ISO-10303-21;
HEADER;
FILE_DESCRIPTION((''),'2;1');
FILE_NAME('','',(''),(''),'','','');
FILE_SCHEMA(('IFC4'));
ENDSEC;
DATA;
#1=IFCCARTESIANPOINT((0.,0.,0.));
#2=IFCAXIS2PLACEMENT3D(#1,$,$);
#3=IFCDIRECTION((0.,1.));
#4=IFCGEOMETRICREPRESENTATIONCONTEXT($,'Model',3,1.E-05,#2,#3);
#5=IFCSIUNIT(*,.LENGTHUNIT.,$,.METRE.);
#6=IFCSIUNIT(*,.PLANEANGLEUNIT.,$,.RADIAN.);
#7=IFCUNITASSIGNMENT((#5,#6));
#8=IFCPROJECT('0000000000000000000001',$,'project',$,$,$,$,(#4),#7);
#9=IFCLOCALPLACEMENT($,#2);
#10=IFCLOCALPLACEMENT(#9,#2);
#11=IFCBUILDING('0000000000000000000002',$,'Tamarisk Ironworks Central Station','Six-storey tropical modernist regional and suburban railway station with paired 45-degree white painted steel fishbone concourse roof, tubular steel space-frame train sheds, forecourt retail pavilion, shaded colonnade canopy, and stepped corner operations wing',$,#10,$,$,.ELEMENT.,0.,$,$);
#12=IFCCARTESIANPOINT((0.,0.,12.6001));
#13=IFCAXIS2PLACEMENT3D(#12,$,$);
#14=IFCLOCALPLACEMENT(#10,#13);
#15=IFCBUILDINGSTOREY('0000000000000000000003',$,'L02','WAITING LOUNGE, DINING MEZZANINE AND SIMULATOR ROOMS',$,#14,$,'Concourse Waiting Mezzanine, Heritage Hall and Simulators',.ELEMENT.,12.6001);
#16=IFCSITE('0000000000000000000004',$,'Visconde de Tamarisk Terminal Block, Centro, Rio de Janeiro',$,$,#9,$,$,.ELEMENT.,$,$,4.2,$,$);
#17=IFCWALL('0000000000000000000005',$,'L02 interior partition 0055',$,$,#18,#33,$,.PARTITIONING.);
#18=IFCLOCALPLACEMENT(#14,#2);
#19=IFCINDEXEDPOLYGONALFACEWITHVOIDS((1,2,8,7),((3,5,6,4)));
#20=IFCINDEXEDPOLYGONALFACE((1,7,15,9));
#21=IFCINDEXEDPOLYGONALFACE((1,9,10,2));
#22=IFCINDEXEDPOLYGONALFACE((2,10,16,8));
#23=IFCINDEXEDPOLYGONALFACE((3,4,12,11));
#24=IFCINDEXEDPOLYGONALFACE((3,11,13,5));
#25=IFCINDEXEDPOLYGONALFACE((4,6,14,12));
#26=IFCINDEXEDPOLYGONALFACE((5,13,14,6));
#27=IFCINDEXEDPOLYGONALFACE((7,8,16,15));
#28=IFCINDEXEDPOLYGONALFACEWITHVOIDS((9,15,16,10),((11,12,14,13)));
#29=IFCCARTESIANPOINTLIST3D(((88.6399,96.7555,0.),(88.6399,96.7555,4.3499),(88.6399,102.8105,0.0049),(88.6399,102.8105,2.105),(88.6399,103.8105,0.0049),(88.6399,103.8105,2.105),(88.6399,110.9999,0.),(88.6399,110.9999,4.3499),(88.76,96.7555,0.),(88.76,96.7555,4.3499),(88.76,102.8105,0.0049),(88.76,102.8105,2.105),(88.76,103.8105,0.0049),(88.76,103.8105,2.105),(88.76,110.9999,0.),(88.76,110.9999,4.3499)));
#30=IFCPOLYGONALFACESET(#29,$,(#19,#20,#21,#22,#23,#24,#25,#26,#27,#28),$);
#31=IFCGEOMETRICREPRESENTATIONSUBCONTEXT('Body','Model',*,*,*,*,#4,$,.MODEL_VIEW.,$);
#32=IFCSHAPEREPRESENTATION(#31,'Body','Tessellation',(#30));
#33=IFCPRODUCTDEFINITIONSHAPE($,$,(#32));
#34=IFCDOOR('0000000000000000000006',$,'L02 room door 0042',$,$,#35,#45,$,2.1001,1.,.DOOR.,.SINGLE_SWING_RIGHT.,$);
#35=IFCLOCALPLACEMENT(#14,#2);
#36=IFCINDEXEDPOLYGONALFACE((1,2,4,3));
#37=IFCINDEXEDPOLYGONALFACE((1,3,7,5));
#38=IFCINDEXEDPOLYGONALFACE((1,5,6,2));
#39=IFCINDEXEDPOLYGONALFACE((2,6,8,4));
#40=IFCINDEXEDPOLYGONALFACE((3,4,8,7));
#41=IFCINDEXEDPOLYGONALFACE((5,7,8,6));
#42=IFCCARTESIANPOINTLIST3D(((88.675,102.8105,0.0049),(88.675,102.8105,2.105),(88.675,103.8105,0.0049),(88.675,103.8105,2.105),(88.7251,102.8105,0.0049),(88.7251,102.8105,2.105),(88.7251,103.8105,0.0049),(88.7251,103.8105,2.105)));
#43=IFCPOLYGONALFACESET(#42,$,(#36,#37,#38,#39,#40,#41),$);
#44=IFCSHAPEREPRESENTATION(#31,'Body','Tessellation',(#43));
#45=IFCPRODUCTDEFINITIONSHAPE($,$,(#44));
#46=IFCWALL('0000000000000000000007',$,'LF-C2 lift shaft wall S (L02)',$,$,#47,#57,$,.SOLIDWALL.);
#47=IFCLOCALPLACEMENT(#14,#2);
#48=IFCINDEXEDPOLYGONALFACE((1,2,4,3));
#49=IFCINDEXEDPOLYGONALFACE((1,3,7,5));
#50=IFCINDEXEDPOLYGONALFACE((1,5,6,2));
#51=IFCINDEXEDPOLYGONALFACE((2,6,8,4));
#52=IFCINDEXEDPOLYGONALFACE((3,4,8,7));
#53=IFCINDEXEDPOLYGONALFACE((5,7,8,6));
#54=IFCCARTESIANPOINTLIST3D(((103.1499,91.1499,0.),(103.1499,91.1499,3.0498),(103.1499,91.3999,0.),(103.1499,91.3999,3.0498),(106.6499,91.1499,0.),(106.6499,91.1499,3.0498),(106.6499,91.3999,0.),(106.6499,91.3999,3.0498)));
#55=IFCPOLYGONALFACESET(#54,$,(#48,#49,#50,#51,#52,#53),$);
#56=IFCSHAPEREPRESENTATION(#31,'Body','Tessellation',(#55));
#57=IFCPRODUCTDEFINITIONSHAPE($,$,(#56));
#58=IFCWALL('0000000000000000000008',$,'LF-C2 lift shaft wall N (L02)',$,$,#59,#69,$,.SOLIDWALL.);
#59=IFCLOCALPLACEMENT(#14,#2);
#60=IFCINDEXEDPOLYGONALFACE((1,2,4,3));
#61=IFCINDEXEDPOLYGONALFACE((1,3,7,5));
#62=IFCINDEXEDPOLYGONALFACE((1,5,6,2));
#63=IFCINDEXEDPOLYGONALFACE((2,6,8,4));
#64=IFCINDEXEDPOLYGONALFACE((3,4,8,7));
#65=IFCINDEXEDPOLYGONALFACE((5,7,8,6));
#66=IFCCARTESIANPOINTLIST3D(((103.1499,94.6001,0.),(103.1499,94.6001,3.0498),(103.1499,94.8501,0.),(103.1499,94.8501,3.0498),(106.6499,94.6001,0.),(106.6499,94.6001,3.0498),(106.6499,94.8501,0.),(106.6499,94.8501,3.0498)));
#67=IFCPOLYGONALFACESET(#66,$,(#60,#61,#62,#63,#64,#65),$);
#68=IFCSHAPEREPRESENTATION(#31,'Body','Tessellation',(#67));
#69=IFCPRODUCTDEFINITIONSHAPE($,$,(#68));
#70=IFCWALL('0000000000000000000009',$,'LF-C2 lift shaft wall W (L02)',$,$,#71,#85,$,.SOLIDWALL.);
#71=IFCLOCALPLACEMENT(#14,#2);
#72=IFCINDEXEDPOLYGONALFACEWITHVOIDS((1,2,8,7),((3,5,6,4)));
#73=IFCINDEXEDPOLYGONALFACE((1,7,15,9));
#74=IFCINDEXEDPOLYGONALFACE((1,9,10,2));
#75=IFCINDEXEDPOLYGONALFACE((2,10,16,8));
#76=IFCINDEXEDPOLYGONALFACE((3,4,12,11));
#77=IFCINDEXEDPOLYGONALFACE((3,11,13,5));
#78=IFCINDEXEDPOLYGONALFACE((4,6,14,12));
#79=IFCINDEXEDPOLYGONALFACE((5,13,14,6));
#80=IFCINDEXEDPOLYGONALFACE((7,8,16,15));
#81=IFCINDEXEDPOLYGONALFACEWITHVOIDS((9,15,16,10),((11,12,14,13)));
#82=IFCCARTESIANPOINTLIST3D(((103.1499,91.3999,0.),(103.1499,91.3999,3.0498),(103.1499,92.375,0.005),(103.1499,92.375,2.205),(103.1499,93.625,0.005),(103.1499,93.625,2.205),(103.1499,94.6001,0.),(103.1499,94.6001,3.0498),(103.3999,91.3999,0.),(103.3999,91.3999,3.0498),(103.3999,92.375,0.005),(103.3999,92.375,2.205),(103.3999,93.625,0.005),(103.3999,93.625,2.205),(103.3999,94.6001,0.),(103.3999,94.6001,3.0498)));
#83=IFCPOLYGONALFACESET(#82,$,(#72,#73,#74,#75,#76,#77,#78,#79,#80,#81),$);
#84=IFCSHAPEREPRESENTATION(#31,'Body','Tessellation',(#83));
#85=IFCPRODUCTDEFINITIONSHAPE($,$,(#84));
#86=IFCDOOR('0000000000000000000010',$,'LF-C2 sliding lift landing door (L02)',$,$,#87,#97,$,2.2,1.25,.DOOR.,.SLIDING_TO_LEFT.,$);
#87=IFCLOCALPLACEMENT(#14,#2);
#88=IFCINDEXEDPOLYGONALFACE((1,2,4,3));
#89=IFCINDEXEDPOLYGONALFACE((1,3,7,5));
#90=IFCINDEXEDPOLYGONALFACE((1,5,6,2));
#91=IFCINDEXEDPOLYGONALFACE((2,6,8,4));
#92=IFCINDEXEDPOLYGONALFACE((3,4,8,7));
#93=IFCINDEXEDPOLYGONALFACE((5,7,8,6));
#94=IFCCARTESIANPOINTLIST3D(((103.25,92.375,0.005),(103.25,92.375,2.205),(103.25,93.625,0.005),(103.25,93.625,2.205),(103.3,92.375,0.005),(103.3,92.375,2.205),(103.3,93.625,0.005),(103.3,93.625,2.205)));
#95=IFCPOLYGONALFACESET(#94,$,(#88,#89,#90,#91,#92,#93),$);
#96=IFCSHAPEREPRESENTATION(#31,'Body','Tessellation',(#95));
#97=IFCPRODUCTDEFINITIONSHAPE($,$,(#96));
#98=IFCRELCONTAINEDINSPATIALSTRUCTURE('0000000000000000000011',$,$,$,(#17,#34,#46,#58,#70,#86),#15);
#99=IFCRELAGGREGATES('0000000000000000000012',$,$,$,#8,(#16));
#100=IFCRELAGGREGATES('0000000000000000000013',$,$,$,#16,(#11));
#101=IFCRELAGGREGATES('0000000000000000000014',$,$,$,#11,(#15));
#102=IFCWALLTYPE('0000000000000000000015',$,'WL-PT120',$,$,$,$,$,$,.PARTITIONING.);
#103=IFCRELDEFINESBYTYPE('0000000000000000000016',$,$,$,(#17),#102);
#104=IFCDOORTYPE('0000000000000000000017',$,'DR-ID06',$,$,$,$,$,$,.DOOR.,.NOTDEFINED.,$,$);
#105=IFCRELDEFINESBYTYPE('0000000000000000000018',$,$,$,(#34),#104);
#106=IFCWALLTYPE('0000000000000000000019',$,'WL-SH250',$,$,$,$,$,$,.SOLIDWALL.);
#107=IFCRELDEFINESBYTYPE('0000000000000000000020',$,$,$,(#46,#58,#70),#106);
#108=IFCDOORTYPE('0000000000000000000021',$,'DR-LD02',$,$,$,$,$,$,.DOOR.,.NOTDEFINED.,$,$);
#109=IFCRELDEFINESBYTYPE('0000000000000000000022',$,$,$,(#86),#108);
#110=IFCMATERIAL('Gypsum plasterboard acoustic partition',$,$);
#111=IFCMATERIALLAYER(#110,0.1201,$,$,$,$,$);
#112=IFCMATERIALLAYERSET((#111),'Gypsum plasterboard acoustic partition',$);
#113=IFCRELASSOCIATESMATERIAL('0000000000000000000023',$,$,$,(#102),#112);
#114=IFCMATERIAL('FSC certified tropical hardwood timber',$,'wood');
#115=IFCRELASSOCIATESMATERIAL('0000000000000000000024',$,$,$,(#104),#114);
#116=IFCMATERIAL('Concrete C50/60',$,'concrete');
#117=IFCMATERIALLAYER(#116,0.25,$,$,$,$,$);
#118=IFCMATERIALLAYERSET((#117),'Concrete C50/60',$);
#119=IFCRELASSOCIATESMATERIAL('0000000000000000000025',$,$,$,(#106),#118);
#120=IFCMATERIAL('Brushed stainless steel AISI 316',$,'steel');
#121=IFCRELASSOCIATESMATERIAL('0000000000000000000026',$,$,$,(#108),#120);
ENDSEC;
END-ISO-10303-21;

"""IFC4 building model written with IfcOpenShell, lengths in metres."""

from ifc_helpers import new_model, si_unit, direction, frame, frame_2d, origin, place, context, subcontext, project, spatial, rectangle, extrude, material, layer, layer_set, type_object, element, fill, save


model = new_model("IFC4")

# Units and contexts
model_context = context("Model", 3, precision=1e-05, world=origin(), true_north=direction((0.0, 1.0)))
body_context = subcontext(model_context, "Body", "Model", "MODEL_VIEW")
ifc_project = project(units=[si_unit("LENGTHUNIT", "METRE"), si_unit("PLANEANGLEUNIT", "RADIAN")], contexts=[model_context])

# Site, building, storey
site_placement = place(None, origin())
site = spatial("IfcSite", under=ifc_project, at=site_placement, Name="Visconde de Tamarisk Terminal Block, Centro, Rio de Janeiro", CompositionType="ELEMENT", RefElevation=4.2)
building_placement = place(site_placement, origin())
building = spatial("IfcBuilding", under=site, at=building_placement, Name="Tamarisk Ironworks Central Station", Description="Six-storey tropical modernist regional and suburban railway station with paired 45-degree white painted steel fishbone concourse roof, tubular steel space-frame train sheds, forecourt retail pavilion, shaded colonnade canopy, and stepped corner operations wing", CompositionType="ELEMENT", ElevationOfRefHeight=0.0)
storey_placement = place(building_placement, frame((0.0, 0.0, 12.6001)))
storey = spatial("IfcBuildingStorey", under=building, at=storey_placement, Name="L02", Description="WAITING LOUNGE, DINING MEZZANINE AND SIMULATOR ROOMS", LongName="Concourse Waiting Mezzanine, Heritage Hall and Simulators", CompositionType="ELEMENT", Elevation=12.6001)

# Shared definitions
ifc_material_1 = material(Name="Concrete C50/60", Category="concrete")

# Wall, opening, door
ifc_material_2 = material(Name="Gypsum plasterboard acoustic partition")
ifc_layer_1 = layer(ifc_material_2, 0.1201)
ifc_layer_set_1 = layer_set([ifc_layer_1], Name="Gypsum plasterboard acoustic partition")
wall_type_1 = type_object("IfcWallType", Name="WL-PT120", PredefinedType="PARTITIONING", material=ifc_layer_set_1)
wall_1_placement = place(storey_placement, frame((88.7, 96.7556, 0.0), z_axis=(0.0, 0.0, 1.0), x_axis=(0.0, 1.0, 0.0)))
wall_1 = element("IfcWall", 1, at=wall_1_placement, inside=storey, type_object=wall_type_1, Name="L02 interior partition 0055", PredefinedType="PARTITIONING", context=body_context, shape_type="SweptSolid", body=[
    extrude(rectangle(XDim=14.2444, YDim=0.1201, at=frame_2d((7.1221, 0.0))), origin(), (0.0, 0.0, 1.0), 4.3499),
])
opening_1_placement = place(wall_1_placement, frame((6.0549, 0.0, 0.0049)))
opening_1 = element("IfcOpeningElement", 2, at=opening_1_placement, cuts=wall_1, PredefinedType="OPENING", context=body_context, shape_type="SweptSolid", body=[
    extrude(rectangle(XDim=1.0, YDim=2.1001, at=frame_2d((0.5, 1.05))), frame((0.0, 0.072, 0.0), z_axis=(0.0, -1.0, 0.0), x_axis=(1.0, 0.0, 0.0)), (0.0, 0.0, 1.0), 0.144),
])
ifc_material_3 = material(Name="FSC certified tropical hardwood timber", Category="wood")
door_type_1 = type_object("IfcDoorType", Name="DR-ID06", OperationType="NOTDEFINED", PredefinedType="DOOR", material=ifc_material_3)
door_1_placement = place(opening_1_placement, origin())
door_1 = element("IfcDoor", 3, at=door_1_placement, inside=storey, type_object=door_type_1, Name="L02 room door 0042", OperationType="SINGLE_SWING_RIGHT", OverallHeight=2.1001, OverallWidth=1.0, PredefinedType="DOOR", context=body_context, shape_type="SweptSolid", body=[
    extrude(rectangle(XDim=1.0, YDim=2.1001, at=frame_2d((0.5, 1.05))), frame((0.0, 0.0249, 0.0), z_axis=(0.0, -1.0, 0.0), x_axis=(1.0, 0.0, 0.0)), (0.0, 0.0, 1.0), 0.05),
])
fill(opening_1, door_1)

# Walls
ifc_layer_2 = layer(ifc_material_1, 0.25)
ifc_layer_set_2 = layer_set([ifc_layer_2], Name="Concrete C50/60")
wall_type_2 = type_object("IfcWallType", Name="WL-SH250", PredefinedType="SOLIDWALL", material=ifc_layer_set_2)
for number, where, z_axis, x_axis, name in (
    (4, (103.1499, 91.2749, 0.0), (0.0, 0.0, 1.0), (1.0, 0.0, 0.0), "LF-C2 lift shaft wall S (L02)"),
    (5, (103.1499, 94.7251, 0.0), (0.0, 0.0, 1.0), (1.0, 0.0, 0.0), "LF-C2 lift shaft wall N (L02)"),
):
    element("IfcWall", number, at=place(storey_placement, frame(where, z_axis=z_axis, x_axis=x_axis)), inside=storey, type_object=wall_type_2, Name=name, PredefinedType="SOLIDWALL", context=body_context, shape_type="SweptSolid", body=[
        extrude(rectangle(XDim=3.5, YDim=0.25, at=frame_2d((1.75, 0.0))), origin(), (0.0, 0.0, 1.0), 3.0498),
    ])

# Wall, opening, door
wall_2_placement = place(storey_placement, frame((103.2749, 91.3999, 0.0), z_axis=(0.0, 0.0, 1.0), x_axis=(0.0, 1.0, 0.0)))
wall_2 = element("IfcWall", 6, at=wall_2_placement, inside=storey, type_object=wall_type_2, Name="LF-C2 lift shaft wall W (L02)", PredefinedType="SOLIDWALL", context=body_context, shape_type="SweptSolid", body=[
    extrude(rectangle(XDim=3.2002, YDim=0.25, at=frame_2d((1.6001, 0.0))), origin(), (0.0, 0.0, 1.0), 3.0498),
])
opening_2_placement = place(wall_2_placement, frame((0.9751, 0.0, 0.0049)))
opening_2 = element("IfcOpeningElement", 7, at=opening_2_placement, cuts=wall_2, PredefinedType="OPENING", context=body_context, shape_type="SweptSolid", body=[
    extrude(rectangle(XDim=1.25, YDim=2.2, at=frame_2d((0.625, 1.1001))), frame((0.0, 0.137, 0.0), z_axis=(0.0, -1.0, 0.0), x_axis=(1.0, 0.0, 0.0)), (0.0, 0.0, 1.0), 0.2739),
])
ifc_material_4 = material(Name="Brushed stainless steel AISI 316", Category="steel")
door_type_2 = type_object("IfcDoorType", Name="DR-LD02", OperationType="NOTDEFINED", PredefinedType="DOOR", material=ifc_material_4)
door_2_placement = place(opening_2_placement, origin())
door_2 = element("IfcDoor", 8, at=door_2_placement, inside=storey, type_object=door_type_2, Name="LF-C2 sliding lift landing door (L02)", OperationType="SLIDING_TO_LEFT", OverallHeight=2.2, OverallWidth=1.25, PredefinedType="DOOR", context=body_context, shape_type="SweptSolid", body=[
    extrude(rectangle(XDim=1.25, YDim=2.2, at=frame_2d((0.625, 1.1001))), frame((0.0, 0.0249, 0.0), z_axis=(0.0, -1.0, 0.0), x_axis=(1.0, 0.0, 0.0)), (0.0, 0.0, 1.0), 0.05),
])
fill(opening_2, door_2)

save(model, "model.ifc")
